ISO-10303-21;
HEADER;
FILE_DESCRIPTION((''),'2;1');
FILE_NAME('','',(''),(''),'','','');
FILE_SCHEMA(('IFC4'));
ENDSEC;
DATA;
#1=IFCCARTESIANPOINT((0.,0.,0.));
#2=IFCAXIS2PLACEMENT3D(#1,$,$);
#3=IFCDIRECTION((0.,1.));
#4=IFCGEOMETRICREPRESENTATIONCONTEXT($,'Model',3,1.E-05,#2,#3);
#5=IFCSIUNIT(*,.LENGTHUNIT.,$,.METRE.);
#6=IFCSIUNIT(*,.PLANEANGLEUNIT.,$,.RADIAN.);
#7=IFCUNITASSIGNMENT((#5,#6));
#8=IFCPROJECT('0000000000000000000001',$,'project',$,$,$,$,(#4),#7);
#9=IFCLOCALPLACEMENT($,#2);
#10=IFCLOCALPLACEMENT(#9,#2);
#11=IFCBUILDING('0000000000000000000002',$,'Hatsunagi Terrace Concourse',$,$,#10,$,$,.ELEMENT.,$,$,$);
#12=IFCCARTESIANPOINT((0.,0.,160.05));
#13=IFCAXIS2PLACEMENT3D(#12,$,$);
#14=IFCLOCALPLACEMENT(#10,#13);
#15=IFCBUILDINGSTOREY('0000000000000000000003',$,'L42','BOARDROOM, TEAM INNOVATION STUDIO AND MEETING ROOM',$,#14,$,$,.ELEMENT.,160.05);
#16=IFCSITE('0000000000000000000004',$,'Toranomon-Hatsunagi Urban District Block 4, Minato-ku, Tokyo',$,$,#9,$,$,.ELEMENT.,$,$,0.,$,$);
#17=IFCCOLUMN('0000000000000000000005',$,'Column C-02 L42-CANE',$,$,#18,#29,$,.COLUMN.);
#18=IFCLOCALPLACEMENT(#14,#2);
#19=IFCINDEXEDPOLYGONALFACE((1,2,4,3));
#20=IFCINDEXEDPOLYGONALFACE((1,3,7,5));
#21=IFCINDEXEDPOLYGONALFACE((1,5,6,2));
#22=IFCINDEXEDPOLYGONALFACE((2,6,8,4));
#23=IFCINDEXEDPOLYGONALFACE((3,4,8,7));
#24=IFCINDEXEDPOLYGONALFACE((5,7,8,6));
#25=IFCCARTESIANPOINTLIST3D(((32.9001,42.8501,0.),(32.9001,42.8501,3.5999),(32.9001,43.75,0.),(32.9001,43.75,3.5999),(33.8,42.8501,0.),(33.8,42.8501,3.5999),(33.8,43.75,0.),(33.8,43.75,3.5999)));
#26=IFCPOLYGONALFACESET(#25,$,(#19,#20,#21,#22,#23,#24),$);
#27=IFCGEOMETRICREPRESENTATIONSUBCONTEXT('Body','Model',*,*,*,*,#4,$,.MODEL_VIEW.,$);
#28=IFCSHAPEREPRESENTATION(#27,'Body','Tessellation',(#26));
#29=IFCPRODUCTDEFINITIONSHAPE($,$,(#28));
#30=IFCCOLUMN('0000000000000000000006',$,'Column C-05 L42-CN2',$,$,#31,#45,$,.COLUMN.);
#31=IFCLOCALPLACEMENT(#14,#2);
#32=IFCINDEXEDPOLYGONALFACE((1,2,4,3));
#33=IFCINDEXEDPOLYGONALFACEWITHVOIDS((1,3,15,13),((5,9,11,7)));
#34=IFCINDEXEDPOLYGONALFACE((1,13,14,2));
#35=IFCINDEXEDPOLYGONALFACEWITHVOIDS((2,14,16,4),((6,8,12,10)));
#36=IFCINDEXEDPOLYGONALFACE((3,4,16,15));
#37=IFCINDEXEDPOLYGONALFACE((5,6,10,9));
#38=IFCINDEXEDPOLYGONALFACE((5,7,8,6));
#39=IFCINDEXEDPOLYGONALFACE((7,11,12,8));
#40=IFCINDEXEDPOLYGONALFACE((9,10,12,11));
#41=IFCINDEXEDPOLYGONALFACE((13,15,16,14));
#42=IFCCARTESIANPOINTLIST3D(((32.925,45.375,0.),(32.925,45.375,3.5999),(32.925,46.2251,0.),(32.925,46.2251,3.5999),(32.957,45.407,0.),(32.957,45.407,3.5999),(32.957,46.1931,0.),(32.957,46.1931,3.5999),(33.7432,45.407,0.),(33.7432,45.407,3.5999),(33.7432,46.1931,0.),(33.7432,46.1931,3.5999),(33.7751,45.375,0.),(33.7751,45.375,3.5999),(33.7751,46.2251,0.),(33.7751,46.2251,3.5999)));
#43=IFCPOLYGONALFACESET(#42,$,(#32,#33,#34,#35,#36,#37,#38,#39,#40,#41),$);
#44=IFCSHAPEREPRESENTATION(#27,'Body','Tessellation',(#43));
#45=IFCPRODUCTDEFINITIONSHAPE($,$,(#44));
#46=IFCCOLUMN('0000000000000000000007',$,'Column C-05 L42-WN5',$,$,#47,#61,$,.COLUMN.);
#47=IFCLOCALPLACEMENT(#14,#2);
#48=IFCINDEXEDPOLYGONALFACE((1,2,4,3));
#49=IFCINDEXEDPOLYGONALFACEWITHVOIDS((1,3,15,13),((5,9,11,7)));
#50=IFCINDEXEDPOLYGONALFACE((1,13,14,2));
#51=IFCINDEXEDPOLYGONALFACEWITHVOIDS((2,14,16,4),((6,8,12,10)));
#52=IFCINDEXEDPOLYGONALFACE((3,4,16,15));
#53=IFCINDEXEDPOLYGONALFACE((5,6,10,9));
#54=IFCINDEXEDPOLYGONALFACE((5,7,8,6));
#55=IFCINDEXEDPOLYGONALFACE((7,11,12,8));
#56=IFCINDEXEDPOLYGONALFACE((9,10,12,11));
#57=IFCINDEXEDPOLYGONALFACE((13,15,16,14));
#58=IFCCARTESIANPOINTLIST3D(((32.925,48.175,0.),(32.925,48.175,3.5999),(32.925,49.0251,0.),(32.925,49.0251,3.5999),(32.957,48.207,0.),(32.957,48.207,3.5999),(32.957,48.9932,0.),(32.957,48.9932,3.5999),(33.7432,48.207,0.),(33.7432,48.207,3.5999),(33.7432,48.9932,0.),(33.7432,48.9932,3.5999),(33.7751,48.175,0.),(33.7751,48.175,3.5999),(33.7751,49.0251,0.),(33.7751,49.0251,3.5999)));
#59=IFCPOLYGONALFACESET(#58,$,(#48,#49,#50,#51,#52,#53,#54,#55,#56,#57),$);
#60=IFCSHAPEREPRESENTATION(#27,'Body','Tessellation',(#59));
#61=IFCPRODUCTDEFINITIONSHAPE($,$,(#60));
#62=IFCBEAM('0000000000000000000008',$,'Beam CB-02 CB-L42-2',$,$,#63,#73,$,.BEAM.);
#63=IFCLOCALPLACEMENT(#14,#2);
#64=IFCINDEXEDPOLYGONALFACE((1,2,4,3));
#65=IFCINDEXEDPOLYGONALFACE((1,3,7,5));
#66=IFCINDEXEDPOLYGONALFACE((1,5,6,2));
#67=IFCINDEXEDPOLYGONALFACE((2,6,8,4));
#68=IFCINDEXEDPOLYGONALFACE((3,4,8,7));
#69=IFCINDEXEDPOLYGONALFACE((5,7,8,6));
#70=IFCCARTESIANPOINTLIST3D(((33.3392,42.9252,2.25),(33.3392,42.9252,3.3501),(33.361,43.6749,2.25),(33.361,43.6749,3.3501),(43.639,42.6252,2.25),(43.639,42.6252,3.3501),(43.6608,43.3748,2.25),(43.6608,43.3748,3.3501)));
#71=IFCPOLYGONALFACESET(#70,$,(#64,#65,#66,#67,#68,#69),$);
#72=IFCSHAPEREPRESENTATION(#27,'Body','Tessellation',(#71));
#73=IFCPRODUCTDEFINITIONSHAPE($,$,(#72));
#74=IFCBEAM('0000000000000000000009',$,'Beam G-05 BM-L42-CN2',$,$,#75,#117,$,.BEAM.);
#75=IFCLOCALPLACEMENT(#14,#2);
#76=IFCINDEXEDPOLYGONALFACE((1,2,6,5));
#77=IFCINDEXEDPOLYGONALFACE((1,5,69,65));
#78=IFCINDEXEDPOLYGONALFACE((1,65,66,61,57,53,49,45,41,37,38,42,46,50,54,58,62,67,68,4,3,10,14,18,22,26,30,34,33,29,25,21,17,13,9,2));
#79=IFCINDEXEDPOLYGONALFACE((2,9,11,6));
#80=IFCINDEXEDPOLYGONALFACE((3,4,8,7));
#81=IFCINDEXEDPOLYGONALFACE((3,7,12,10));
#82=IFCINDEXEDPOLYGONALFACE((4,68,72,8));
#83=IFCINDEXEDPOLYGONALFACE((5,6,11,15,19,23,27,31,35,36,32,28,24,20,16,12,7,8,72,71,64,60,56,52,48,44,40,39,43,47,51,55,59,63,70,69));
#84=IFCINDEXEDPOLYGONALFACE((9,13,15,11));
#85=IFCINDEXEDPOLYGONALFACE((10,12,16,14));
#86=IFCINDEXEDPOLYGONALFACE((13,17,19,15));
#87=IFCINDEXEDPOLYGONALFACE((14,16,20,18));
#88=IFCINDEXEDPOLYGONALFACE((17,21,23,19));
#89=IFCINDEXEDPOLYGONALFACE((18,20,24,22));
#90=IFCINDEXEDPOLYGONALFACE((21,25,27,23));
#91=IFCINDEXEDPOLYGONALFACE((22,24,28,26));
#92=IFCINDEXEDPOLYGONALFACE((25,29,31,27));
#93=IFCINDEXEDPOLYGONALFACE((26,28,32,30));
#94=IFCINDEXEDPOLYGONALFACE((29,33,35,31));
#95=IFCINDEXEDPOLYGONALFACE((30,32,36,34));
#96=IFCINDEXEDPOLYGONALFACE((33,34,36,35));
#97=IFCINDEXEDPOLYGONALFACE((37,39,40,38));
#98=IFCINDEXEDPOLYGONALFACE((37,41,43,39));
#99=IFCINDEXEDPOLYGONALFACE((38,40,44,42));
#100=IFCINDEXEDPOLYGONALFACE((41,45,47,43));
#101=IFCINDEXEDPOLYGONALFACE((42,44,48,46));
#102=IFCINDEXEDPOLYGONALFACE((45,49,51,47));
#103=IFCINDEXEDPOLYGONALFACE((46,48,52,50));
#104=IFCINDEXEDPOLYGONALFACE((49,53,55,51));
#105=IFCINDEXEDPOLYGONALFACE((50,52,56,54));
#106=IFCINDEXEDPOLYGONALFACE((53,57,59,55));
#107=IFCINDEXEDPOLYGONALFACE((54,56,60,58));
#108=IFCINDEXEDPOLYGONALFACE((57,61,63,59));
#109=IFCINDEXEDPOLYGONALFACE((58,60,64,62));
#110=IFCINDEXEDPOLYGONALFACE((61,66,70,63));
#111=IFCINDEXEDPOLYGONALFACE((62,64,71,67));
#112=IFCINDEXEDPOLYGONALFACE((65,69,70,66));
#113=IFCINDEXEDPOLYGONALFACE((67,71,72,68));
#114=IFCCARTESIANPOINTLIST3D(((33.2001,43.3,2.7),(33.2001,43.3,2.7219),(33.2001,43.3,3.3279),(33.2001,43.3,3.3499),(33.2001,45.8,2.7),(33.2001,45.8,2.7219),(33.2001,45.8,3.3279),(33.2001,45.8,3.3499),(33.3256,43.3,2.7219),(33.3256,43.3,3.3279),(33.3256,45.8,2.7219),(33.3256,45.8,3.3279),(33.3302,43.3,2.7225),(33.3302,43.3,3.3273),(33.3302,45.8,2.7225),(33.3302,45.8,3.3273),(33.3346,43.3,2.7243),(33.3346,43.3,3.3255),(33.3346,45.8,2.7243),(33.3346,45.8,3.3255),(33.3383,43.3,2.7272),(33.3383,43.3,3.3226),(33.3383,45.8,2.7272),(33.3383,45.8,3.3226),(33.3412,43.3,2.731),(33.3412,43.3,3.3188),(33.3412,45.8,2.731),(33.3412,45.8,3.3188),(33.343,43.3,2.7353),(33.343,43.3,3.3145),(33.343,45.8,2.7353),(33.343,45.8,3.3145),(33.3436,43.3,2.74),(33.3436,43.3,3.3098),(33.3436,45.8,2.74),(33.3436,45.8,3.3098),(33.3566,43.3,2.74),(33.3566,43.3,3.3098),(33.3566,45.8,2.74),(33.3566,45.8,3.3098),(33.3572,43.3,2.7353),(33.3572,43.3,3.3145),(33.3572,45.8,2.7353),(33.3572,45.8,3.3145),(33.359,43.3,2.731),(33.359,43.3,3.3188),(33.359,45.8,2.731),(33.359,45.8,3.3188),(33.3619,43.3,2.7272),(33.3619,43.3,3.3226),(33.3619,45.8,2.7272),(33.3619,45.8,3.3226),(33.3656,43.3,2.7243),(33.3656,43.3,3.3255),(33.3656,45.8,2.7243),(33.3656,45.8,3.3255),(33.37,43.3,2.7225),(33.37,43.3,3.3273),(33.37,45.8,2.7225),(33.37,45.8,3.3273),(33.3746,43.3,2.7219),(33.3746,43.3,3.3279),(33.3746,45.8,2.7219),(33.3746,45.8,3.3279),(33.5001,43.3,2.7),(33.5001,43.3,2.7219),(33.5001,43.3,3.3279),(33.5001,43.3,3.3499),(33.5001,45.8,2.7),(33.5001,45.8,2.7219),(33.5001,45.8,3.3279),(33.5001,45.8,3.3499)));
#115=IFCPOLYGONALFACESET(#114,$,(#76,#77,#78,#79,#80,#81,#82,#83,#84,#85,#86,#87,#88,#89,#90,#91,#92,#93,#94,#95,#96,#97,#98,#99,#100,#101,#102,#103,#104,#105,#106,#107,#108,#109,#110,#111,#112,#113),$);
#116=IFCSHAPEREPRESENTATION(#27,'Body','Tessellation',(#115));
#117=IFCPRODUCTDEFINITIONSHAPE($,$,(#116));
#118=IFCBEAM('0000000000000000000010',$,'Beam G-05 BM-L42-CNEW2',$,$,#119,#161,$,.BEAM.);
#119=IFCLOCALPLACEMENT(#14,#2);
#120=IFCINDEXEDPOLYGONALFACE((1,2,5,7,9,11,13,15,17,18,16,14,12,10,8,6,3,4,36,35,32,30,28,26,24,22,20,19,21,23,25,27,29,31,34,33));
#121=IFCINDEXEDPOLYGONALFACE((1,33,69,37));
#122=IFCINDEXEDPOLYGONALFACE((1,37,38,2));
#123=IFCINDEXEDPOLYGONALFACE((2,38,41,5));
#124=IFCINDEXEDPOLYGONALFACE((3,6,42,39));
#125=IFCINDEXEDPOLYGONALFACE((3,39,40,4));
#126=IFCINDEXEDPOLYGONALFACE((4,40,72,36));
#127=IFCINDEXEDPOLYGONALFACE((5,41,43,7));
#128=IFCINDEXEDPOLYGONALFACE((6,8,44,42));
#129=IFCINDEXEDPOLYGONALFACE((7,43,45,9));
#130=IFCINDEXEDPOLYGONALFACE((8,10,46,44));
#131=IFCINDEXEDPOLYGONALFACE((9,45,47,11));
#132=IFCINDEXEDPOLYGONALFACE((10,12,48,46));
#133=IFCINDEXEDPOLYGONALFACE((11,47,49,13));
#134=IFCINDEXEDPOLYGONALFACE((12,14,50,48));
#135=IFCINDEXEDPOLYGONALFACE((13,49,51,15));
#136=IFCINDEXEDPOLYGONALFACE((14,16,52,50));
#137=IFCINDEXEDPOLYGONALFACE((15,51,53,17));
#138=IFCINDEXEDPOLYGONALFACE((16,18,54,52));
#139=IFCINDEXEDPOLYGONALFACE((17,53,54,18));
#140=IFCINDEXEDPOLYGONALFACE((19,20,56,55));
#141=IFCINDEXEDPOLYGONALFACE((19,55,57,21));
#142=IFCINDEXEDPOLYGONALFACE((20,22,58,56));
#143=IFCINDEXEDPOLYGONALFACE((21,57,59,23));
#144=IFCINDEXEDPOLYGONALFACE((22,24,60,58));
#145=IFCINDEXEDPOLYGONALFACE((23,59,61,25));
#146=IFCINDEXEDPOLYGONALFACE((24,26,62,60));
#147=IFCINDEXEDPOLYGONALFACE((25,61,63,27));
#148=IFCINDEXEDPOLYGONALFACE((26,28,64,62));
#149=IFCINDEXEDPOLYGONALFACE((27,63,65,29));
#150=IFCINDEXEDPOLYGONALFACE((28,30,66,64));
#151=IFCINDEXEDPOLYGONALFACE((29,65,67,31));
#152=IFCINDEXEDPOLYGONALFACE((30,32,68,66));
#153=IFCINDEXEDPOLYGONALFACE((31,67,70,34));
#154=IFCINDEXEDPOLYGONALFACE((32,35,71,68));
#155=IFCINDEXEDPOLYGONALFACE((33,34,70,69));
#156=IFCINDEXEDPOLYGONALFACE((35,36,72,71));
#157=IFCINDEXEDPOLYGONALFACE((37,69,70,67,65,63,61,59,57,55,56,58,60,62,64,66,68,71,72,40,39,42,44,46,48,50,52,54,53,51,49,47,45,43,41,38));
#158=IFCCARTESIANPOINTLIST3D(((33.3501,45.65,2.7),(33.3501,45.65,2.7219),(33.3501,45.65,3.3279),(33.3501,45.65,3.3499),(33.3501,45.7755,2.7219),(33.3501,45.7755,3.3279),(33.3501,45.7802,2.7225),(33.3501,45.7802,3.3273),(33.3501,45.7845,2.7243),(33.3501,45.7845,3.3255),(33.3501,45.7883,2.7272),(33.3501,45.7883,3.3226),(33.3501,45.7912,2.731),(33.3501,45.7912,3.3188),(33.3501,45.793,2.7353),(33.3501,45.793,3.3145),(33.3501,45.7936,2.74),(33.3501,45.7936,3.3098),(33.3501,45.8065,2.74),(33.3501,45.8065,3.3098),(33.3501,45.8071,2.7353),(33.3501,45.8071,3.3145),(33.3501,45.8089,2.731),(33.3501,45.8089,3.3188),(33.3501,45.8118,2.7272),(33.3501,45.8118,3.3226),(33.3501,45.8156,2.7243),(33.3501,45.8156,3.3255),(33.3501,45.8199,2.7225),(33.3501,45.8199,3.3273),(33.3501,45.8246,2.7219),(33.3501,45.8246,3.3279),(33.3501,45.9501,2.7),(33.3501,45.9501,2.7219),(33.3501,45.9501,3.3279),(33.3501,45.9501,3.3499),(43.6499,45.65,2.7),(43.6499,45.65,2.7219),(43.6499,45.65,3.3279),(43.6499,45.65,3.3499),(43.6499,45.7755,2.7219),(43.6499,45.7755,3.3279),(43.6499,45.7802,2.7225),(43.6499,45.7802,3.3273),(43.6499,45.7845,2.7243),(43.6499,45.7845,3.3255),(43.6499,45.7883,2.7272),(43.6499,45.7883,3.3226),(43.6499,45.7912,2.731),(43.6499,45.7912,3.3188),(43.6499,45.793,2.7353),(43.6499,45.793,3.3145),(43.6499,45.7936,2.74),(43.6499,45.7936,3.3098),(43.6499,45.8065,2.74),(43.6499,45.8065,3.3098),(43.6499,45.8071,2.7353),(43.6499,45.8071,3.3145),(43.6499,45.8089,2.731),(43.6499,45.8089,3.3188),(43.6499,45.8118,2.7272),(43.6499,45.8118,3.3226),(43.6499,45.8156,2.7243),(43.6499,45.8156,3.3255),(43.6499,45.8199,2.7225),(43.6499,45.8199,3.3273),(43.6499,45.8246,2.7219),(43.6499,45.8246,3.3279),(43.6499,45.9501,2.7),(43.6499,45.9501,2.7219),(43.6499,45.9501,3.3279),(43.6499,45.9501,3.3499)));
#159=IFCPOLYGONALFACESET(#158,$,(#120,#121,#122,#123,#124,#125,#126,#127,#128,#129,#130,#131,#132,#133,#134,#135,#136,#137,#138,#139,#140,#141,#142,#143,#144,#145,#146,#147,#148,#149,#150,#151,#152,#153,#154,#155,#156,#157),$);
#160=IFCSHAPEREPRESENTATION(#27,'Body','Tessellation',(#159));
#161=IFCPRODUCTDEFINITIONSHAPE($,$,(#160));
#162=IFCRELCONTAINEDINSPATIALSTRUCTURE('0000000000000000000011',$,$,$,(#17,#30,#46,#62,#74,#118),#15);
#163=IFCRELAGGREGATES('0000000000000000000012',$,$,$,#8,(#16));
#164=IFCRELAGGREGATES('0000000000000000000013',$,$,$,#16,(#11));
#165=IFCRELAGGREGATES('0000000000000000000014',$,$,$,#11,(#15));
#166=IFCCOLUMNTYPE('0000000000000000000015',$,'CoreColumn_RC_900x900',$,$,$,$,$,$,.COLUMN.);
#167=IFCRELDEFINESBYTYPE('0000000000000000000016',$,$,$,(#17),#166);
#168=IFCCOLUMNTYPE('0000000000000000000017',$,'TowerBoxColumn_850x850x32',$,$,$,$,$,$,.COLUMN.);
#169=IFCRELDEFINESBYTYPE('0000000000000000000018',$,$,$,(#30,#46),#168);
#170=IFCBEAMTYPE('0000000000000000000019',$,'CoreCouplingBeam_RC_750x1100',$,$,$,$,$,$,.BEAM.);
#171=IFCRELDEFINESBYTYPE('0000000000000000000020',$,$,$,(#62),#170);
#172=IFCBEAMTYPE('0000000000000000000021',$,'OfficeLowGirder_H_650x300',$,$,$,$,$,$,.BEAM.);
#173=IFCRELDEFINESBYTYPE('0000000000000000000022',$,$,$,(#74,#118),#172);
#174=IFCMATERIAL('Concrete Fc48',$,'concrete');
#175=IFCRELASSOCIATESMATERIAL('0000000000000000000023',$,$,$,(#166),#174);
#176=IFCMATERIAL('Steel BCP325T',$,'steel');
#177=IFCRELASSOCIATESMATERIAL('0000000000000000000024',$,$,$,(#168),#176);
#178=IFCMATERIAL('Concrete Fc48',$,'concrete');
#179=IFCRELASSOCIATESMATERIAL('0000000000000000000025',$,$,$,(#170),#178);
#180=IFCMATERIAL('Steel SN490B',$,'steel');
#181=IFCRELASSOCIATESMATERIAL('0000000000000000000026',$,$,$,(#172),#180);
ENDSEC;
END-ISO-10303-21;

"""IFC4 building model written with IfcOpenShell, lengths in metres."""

from ifc_helpers import new_model, si_unit, direction, frame, origin, origin_2d, place, context, subcontext, project, spatial, rectangle, hollow_rectangle, i_section, extrude, material, material_profile, profile_set, type_object, element, save


model = new_model("IFC4")

# Units and contexts
model_context = context("Model", 3, precision=1e-05, world=origin(), true_north=direction((0.0, 1.0)))
body_context = subcontext(model_context, "Body", "Model", "MODEL_VIEW")
ifc_project = project(units=[si_unit("LENGTHUNIT", "METRE"), si_unit("PLANEANGLEUNIT", "RADIAN")], contexts=[model_context])

# Site, building, storey
site_placement = place(None, origin())
site = spatial("IfcSite", under=ifc_project, at=site_placement, Name="Toranomon-Hatsunagi Urban District Block 4, Minato-ku, Tokyo", CompositionType="ELEMENT", RefElevation=0.0)
building_placement = place(site_placement, origin())
building = spatial("IfcBuilding", under=site, at=building_placement, Name="Hatsunagi Terrace Concourse", CompositionType="ELEMENT")
storey_placement = place(building_placement, frame((0.0, 0.0, 160.05)))
storey = spatial("IfcBuildingStorey", under=building, at=storey_placement, Name="L42", Description="BOARDROOM, TEAM INNOVATION STUDIO AND MEETING ROOM", CompositionType="ELEMENT", Elevation=160.05)

# Columns
ifc_material_1 = material(Name="Concrete Fc48", Category="concrete")
ifc_material_profile_1 = material_profile(ifc_material_1, rectangle(XDim=0.8999, YDim=0.8999, at=origin_2d()), Name="RC-900x900")
ifc_profile_set_1 = profile_set([ifc_material_profile_1], Name="Concrete Fc48")
column_type_1 = type_object("IfcColumnType", Name="CoreColumn_RC_900x900", PredefinedType="COLUMN", material=ifc_profile_set_1)
column_placement = place(storey_placement, frame((33.3501, 43.3, 0.0), z_axis=(0.0, 0.0, 1.0), x_axis=(1.0, 0.0, 0.0)))
element("IfcColumn", 1, at=column_placement, inside=storey, type_object=column_type_1, Name="Column C-02 L42-CANE", PredefinedType="COLUMN", context=body_context, shape_type="SweptSolid", body=[
    extrude(rectangle(XDim=0.8999, YDim=0.8999, at=origin_2d()), origin(), (0.0, 0.0, 1.0), 3.5999),
])
ifc_material_2 = material(Name="Steel BCP325T", Category="steel")
ifc_material_profile_2 = material_profile(ifc_material_2, hollow_rectangle(XDim=0.8501, YDim=0.8501, WallThickness=0.032, at=origin_2d()), Name="BCP-850x850x32")
ifc_profile_set_2 = profile_set([ifc_material_profile_2], Name="Steel BCP325T")
column_type_2 = type_object("IfcColumnType", Name="TowerBoxColumn_850x850x32", PredefinedType="COLUMN", material=ifc_profile_set_2)
for number, where, z_axis, x_axis, name in (
    (2, (33.3501, 45.8, 0.0), (0.0, 0.0, 1.0), (1.0, 0.0, 0.0), "Column C-05 L42-CN2"),
    (3, (33.3501, 48.6001, 0.0), (0.0, 0.0, 1.0), (1.0, 0.0, 0.0), "Column C-05 L42-WN5"),
):
    element("IfcColumn", number, at=place(storey_placement, frame(where, z_axis=z_axis, x_axis=x_axis)), inside=storey, type_object=column_type_2, Name=name, PredefinedType="COLUMN", context=body_context, shape_type="SweptSolid", body=[
        extrude(hollow_rectangle(XDim=0.8501, YDim=0.8501, WallThickness=0.032, at=origin_2d()), origin(), (0.0, 0.0, 1.0), 3.5999),
    ])

# Beams
ifc_material_3 = material(Name="Concrete Fc48", Category="concrete")
ifc_material_profile_3 = material_profile(ifc_material_3, rectangle(XDim=0.75, YDim=1.1001, at=origin_2d()), Name="RC-750x1100")
ifc_profile_set_3 = profile_set([ifc_material_profile_3], Name="Concrete Fc48")
beam_type_1 = type_object("IfcBeamType", Name="CoreCouplingBeam_RC_750x1100", PredefinedType="BEAM", material=ifc_profile_set_3)
beam_1_placement = place(storey_placement, frame((33.3501, 43.3, 2.8), z_axis=(0.999576, -0.029119, 0.0), x_axis=(0.029119, 0.999576, 0.0)))
element("IfcBeam", 4, at=beam_1_placement, inside=storey, type_object=beam_type_1, Name="Beam CB-02 CB-L42-2", PredefinedType="BEAM", context=body_context, shape_type="SweptSolid", body=[
    extrude(rectangle(XDim=0.75, YDim=1.1001, at=origin_2d()), origin(), (0.0, 0.0, 1.0), 10.3042),
])
ifc_material_4 = material(Name="Steel SN490B", Category="steel")
ifc_material_profile_4 = material_profile(ifc_material_4, i_section(OverallWidth=0.3, OverallDepth=0.6499, WebThickness=0.0129, FlangeThickness=0.022, FilletRadius=0.0181, at=origin_2d()), Name="H-650x300x13x22")
ifc_profile_set_4 = profile_set([ifc_material_profile_4], Name="Steel SN490B")
beam_type_2 = type_object("IfcBeamType", Name="OfficeLowGirder_H_650x300", PredefinedType="BEAM", material=ifc_profile_set_4)
beam_2_placement = place(storey_placement, frame((33.3501, 43.3, 3.0249), z_axis=(0.0, 1.0, 0.0), x_axis=(-1.0, 0.0, 0.0)))
element("IfcBeam", 5, at=beam_2_placement, inside=storey, type_object=beam_type_2, Name="Beam G-05 BM-L42-CN2", PredefinedType="BEAM", context=body_context, shape_type="SweptSolid", body=[
    extrude(i_section(OverallWidth=0.3, OverallDepth=0.6499, WebThickness=0.0129, FlangeThickness=0.022, FilletRadius=0.0181, at=origin_2d()), origin(), (0.0, 0.0, 1.0), 2.5),
])
beam_3_placement = place(storey_placement, frame((33.3501, 45.8, 3.0249), z_axis=(1.0, 0.0, 0.0), x_axis=(0.0, 1.0, 0.0)))
element("IfcBeam", 6, at=beam_3_placement, inside=storey, type_object=beam_type_2, Name="Beam G-05 BM-L42-CNEW2", PredefinedType="BEAM", context=body_context, shape_type="SweptSolid", body=[
    extrude(i_section(OverallWidth=0.3, OverallDepth=0.6499, WebThickness=0.0129, FlangeThickness=0.022, FilletRadius=0.0181, at=origin_2d()), origin(), (0.0, 0.0, 1.0), 10.2998),
])

save(model, "model.ifc")
